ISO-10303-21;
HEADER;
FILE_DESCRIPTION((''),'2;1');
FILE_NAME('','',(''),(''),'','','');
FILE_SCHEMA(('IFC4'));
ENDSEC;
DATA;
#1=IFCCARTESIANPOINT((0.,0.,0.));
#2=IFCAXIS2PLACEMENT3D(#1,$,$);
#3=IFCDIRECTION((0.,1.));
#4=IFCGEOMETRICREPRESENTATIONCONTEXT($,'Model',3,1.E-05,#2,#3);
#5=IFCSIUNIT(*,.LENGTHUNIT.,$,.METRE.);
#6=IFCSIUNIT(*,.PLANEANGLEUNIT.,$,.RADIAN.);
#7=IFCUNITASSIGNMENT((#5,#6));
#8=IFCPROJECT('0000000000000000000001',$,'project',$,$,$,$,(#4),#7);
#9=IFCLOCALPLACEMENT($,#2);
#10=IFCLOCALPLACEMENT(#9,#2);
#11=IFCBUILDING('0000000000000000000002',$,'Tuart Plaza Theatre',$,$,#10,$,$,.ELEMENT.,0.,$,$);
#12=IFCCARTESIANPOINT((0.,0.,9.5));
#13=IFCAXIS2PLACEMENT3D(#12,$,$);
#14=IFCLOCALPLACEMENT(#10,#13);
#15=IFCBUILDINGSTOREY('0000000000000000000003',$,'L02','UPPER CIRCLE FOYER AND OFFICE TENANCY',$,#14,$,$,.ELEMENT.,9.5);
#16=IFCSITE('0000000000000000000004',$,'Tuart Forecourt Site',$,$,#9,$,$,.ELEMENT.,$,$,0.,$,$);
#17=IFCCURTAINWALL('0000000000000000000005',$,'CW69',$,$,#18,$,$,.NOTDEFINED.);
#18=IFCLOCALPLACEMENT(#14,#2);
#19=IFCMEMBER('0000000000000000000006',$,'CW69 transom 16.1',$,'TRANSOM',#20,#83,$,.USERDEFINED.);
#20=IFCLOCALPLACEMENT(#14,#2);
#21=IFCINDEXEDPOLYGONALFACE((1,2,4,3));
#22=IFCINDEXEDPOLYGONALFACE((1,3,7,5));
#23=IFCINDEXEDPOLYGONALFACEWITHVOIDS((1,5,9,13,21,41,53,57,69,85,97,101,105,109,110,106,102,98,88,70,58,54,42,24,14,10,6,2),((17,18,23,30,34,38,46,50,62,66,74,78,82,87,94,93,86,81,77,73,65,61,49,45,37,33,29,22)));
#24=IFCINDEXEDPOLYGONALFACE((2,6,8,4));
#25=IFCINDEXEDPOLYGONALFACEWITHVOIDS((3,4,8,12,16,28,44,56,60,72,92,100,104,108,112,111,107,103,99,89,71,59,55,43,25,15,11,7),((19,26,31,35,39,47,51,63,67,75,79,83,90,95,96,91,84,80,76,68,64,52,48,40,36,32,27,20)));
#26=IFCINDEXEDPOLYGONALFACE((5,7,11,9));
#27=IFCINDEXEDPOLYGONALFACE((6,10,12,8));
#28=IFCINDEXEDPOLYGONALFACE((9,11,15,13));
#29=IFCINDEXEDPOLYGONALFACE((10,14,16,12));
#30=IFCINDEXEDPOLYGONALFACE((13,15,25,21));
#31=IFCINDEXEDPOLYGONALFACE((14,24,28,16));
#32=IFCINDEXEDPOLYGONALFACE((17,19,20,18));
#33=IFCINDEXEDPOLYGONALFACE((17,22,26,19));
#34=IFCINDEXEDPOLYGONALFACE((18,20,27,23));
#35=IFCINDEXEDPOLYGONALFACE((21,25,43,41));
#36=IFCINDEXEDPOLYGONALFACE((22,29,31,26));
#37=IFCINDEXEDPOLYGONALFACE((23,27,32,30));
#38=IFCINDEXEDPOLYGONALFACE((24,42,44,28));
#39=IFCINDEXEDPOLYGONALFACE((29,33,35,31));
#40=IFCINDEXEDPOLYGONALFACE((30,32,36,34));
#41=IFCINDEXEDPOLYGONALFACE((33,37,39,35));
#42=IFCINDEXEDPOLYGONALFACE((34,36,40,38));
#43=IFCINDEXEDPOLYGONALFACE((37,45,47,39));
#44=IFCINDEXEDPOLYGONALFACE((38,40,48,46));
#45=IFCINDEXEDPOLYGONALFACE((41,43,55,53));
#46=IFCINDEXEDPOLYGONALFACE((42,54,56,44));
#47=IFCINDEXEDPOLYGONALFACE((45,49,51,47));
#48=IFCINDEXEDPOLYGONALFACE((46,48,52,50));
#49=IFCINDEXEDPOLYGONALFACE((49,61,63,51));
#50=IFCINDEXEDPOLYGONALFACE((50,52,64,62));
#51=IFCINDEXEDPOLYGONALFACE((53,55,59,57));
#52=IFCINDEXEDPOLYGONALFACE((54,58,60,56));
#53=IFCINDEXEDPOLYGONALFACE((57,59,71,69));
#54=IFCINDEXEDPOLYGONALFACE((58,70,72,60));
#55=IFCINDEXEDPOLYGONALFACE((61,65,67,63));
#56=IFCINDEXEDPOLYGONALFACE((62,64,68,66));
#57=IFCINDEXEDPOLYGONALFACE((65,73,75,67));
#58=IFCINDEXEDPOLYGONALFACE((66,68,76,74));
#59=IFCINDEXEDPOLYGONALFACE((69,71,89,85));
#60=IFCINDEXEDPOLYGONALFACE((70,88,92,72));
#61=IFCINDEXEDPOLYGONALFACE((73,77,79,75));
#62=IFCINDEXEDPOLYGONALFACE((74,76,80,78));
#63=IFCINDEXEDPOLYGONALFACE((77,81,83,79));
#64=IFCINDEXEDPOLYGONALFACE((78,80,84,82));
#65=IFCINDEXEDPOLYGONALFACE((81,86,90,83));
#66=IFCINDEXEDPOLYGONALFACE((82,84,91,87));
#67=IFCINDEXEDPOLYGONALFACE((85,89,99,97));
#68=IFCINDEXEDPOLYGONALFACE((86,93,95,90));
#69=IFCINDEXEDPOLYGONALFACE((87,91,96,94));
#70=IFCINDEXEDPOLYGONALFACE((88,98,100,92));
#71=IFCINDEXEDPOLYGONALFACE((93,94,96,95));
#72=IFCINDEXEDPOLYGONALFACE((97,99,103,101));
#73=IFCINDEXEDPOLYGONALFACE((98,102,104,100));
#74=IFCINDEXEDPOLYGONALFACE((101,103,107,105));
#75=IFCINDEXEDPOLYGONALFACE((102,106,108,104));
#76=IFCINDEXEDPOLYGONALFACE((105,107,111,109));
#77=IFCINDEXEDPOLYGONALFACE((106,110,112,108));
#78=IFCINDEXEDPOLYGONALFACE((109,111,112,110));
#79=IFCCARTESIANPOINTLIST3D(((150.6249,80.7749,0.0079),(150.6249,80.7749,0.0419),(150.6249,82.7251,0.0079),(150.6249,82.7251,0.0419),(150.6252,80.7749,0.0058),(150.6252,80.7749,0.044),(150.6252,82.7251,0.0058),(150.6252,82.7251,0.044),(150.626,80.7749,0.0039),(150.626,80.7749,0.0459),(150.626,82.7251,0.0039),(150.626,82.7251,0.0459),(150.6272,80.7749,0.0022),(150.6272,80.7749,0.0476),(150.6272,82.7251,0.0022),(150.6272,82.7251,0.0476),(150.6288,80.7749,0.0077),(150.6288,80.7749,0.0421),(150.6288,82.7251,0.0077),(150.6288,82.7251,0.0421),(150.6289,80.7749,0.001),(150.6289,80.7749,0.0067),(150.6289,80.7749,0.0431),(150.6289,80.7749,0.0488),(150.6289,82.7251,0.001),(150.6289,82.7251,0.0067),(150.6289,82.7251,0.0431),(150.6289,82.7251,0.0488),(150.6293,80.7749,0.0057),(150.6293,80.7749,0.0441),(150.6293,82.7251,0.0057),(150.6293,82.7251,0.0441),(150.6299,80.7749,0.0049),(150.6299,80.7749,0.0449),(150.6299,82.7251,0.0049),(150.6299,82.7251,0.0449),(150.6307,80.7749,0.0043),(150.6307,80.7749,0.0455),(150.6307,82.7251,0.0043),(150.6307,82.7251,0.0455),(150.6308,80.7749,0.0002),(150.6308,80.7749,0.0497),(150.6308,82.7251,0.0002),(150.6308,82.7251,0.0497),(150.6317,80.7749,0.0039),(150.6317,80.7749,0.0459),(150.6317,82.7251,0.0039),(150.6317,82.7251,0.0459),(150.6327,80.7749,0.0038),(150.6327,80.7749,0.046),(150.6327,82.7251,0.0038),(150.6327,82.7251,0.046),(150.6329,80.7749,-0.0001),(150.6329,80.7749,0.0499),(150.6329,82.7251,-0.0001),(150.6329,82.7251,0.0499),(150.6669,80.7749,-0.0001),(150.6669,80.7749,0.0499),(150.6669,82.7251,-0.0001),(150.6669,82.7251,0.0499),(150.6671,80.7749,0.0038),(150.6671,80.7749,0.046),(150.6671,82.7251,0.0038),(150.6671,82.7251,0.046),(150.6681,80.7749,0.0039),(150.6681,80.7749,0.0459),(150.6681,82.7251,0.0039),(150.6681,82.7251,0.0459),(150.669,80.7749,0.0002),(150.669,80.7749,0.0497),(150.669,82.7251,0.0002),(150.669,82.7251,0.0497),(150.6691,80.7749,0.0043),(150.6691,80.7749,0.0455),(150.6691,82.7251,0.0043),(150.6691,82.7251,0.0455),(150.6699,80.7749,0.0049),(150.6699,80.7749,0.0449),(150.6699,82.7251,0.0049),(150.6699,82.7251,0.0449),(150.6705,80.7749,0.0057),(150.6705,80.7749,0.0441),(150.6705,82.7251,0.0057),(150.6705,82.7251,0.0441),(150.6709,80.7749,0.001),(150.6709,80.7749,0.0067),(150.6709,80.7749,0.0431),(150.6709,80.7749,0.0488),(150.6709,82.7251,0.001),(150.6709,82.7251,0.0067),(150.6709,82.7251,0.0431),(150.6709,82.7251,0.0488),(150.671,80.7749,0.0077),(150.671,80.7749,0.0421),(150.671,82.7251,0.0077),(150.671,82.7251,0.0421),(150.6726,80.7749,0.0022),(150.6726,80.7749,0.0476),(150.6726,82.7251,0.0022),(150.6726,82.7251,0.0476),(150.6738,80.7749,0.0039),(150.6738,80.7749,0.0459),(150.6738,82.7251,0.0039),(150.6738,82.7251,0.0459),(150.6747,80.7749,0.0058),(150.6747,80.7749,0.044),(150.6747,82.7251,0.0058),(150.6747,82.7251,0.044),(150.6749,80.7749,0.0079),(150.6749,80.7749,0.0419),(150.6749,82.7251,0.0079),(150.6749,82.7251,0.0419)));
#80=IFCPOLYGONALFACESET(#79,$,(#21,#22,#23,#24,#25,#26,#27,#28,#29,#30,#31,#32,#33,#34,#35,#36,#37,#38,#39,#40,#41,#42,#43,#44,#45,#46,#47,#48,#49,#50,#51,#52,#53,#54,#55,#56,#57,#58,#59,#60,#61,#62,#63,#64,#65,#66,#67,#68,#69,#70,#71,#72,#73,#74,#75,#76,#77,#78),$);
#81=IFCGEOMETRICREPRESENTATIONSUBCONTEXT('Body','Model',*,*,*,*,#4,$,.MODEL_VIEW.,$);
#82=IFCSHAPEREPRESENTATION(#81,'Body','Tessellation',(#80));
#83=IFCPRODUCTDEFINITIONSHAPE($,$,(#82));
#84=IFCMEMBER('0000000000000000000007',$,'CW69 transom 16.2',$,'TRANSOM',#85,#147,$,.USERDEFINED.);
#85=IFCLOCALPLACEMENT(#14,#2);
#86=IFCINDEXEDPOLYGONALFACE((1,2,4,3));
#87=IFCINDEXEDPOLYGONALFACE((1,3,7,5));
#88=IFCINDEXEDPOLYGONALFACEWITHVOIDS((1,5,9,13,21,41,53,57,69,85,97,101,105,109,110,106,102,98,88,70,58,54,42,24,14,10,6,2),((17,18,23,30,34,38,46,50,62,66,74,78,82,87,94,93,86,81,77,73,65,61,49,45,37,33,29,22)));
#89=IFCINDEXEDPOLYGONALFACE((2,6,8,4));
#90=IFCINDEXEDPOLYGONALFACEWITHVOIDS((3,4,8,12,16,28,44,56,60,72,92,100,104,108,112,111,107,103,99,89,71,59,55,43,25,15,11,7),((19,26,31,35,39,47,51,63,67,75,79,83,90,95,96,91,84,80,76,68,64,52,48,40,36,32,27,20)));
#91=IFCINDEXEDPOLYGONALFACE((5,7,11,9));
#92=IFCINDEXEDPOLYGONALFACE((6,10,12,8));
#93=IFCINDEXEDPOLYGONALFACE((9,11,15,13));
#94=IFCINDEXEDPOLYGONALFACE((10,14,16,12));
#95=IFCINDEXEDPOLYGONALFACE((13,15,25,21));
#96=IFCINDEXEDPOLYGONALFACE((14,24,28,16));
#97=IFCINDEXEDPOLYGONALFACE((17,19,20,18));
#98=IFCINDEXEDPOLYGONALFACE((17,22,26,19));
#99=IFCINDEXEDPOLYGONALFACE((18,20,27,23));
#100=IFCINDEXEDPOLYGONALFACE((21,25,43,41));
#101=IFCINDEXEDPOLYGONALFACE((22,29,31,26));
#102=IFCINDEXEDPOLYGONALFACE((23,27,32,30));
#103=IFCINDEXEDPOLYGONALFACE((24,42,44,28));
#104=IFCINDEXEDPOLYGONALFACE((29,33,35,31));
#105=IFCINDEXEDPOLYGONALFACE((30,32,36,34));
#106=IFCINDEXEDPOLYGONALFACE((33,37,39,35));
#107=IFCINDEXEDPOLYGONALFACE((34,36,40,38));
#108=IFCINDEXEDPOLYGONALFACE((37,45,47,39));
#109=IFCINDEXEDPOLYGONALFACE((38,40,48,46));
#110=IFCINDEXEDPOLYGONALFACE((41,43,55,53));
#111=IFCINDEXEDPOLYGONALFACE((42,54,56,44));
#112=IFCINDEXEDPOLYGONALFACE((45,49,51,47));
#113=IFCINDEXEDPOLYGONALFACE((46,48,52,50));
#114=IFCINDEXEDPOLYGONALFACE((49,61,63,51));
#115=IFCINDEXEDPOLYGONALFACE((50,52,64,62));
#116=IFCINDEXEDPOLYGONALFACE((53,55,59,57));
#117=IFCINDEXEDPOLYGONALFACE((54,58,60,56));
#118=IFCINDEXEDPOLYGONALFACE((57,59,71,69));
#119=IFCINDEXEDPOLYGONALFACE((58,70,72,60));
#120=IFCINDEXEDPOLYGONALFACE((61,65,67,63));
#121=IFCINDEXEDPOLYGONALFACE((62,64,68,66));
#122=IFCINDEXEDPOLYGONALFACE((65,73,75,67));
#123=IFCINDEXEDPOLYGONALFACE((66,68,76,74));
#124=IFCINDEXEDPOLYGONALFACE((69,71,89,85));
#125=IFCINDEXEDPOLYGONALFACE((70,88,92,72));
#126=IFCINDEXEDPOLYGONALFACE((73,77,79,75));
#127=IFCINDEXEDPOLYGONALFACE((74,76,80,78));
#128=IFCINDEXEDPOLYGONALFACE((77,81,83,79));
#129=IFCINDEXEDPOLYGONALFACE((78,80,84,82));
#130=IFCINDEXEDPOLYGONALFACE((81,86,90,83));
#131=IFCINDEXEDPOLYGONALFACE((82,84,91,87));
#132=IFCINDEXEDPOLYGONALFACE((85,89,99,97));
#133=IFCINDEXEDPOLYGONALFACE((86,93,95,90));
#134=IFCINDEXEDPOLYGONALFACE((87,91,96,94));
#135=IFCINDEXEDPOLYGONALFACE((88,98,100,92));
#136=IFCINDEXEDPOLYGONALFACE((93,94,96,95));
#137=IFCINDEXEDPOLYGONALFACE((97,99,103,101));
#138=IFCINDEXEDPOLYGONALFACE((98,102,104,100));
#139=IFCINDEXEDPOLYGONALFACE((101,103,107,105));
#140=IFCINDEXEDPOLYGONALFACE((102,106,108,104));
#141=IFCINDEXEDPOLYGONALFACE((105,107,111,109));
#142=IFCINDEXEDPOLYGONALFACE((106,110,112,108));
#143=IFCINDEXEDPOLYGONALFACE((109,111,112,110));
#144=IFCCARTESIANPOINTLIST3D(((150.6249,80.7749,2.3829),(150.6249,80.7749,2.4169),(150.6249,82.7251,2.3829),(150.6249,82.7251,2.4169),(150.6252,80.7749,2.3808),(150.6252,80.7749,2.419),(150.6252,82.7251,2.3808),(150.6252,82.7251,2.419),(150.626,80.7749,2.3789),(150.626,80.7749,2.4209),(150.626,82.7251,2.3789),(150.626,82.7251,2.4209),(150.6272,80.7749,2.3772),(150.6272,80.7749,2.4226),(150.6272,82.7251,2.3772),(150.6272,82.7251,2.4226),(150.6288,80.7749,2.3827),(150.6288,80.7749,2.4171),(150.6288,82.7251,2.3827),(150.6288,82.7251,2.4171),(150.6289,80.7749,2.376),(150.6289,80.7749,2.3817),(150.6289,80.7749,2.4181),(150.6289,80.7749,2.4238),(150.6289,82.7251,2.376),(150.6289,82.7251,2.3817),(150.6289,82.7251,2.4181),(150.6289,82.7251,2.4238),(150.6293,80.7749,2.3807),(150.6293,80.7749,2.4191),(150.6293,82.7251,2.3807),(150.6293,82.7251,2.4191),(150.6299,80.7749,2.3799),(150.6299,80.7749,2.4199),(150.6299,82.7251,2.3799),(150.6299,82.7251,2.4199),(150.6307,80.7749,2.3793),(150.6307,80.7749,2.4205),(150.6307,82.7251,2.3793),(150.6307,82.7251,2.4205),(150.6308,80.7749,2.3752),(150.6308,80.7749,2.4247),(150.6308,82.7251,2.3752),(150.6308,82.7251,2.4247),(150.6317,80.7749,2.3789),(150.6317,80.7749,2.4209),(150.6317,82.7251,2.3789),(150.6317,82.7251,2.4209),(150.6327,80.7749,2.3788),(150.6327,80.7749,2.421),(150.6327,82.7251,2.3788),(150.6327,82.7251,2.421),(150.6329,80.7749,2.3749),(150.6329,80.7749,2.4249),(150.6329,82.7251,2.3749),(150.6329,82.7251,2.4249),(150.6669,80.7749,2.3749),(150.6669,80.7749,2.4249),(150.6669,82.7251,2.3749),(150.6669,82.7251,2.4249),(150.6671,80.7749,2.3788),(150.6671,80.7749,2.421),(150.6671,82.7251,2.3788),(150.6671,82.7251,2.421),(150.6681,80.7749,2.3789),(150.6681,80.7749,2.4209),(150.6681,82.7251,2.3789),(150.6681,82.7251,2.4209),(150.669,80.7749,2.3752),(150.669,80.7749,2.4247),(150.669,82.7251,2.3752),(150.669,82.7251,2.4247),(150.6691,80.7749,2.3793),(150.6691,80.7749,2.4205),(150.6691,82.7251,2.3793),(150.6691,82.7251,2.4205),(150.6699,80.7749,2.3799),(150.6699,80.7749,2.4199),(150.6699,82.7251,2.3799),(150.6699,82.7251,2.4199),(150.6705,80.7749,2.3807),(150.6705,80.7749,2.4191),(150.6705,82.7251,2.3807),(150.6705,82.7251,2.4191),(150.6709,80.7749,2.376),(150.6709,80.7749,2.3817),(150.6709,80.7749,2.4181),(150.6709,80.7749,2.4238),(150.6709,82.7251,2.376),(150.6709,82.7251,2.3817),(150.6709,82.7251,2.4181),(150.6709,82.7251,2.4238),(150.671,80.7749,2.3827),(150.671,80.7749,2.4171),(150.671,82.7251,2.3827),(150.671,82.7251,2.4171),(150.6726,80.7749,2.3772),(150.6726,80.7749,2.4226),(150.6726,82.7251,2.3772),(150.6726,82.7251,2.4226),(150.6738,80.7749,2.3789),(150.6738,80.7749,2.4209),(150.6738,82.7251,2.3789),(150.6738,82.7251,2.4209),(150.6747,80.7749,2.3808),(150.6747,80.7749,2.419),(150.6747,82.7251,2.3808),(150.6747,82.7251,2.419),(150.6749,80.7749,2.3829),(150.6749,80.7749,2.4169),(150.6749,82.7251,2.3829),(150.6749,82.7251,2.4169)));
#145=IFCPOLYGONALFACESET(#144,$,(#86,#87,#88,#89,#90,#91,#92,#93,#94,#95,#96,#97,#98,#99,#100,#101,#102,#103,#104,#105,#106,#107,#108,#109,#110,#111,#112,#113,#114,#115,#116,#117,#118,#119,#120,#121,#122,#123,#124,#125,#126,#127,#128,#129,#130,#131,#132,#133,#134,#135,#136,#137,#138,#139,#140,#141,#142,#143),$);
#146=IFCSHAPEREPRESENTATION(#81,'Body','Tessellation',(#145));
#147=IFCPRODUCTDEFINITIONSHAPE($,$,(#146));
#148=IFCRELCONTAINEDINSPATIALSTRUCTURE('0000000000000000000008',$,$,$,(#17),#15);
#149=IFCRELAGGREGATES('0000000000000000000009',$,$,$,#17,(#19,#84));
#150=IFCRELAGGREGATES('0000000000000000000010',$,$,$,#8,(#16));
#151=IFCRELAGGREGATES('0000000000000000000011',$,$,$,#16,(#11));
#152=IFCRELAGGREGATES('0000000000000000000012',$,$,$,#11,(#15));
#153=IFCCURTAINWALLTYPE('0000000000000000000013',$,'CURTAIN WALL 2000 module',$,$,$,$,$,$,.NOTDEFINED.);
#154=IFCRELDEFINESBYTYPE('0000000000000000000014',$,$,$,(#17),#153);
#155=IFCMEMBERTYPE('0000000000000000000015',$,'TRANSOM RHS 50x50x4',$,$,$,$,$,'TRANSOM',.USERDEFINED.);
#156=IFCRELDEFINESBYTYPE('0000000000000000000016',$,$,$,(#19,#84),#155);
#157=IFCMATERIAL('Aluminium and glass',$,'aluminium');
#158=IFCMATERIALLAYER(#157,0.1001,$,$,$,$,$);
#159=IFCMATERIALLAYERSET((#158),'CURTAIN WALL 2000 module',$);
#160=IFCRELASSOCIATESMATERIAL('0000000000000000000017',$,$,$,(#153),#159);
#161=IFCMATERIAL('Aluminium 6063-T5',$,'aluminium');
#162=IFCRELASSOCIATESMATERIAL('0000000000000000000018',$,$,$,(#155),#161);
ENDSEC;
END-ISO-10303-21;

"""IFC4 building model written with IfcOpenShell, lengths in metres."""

from ifc_helpers import new_model, si_unit, direction, frame, origin, origin_2d, place, context, subcontext, project, spatial, hollow_rectangle, extrude, material, layer, layer_set, material_profile, profile_set, type_object, element, aggregate, save


model = new_model("IFC4")

# Units and contexts
model_context = context("Model", 3, precision=1e-05, world=origin(), true_north=direction((0.0, 1.0)))
body_context = subcontext(model_context, "Body", "Model", "MODEL_VIEW")
ifc_project = project(units=[si_unit("LENGTHUNIT", "METRE"), si_unit("PLANEANGLEUNIT", "RADIAN")], contexts=[model_context])

# Site, building, storey
site_placement = place(None, origin())
site = spatial("IfcSite", under=ifc_project, at=site_placement, Name="Tuart Forecourt Site", CompositionType="ELEMENT", RefElevation=0.0)
building_placement = place(site_placement, origin())
building = spatial("IfcBuilding", under=site, at=building_placement, Name="Tuart Plaza Theatre", CompositionType="ELEMENT", ElevationOfRefHeight=0.0)
storey_placement = place(building_placement, frame((0.0, 0.0, 9.5)))
storey = spatial("IfcBuildingStorey", under=building, at=storey_placement, Name="L02", Description="UPPER CIRCLE FOYER AND OFFICE TENANCY", CompositionType="ELEMENT", Elevation=9.5)

# Curtain wall, members
ifc_material_1 = material(Name="Aluminium and glass", Category="aluminium")
ifc_layer_1 = layer(ifc_material_1, 0.1001)
ifc_layer_set_1 = layer_set([ifc_layer_1], Name="CURTAIN WALL 2000 module")
curtain_wall_type = type_object("IfcCurtainWallType", Name="CURTAIN WALL 2000 module", PredefinedType="NOTDEFINED", material=ifc_layer_set_1)
curtain_wall_placement = place(storey_placement, origin())
curtain_wall = element("IfcCurtainWall", 1, at=curtain_wall_placement, inside=storey, type_object=curtain_wall_type, Name="CW69", PredefinedType="NOTDEFINED")
ifc_material_2 = material(Name="Aluminium 6063-T5", Category="aluminium")
ifc_material_profile_1 = material_profile(ifc_material_2, hollow_rectangle(XDim=0.05, YDim=0.05, WallThickness=0.0039, InnerFilletRadius=0.0039, OuterFilletRadius=0.0081, at=origin_2d()), Name="RHS 50x50x4")
ifc_profile_set_1 = profile_set([ifc_material_profile_1], Name="Aluminium 6063-T5")
member_type_1 = type_object("IfcMemberType", Name="TRANSOM RHS 50x50x4", ElementType="TRANSOM", PredefinedType="USERDEFINED", material=ifc_profile_set_1)
member_1_placement = place(storey_placement, frame((150.6499, 80.7749, 0.0249), z_axis=(0.0, 1.0, 0.0), x_axis=(-1.0, 0.0, 0.0)))
member_1 = element("IfcMember", 2, at=member_1_placement, type_object=member_type_1, Name="CW69 transom 16.1", ObjectType="TRANSOM", PredefinedType="USERDEFINED", context=body_context, shape_type="SweptSolid", body=[
    extrude(hollow_rectangle(XDim=0.05, YDim=0.05, WallThickness=0.0039, InnerFilletRadius=0.0039, OuterFilletRadius=0.0081, at=origin_2d()), origin(), (0.0, 0.0, 1.0), 1.9502),
])
member_2_placement = place(storey_placement, frame((150.6499, 80.7749, 2.3999), z_axis=(0.0, 1.0, 0.0), x_axis=(-1.0, 0.0, 0.0)))
member_2 = element("IfcMember", 3, at=member_2_placement, type_object=member_type_1, Name="CW69 transom 16.2", ObjectType="TRANSOM", PredefinedType="USERDEFINED", context=body_context, shape_type="SweptSolid", body=[
    extrude(hollow_rectangle(XDim=0.05, YDim=0.05, WallThickness=0.0039, InnerFilletRadius=0.0039, OuterFilletRadius=0.0081, at=origin_2d()), origin(), (0.0, 0.0, 1.0), 1.9502),
])
aggregate(curtain_wall, [member_1, member_2])

save(model, "model.ifc")
